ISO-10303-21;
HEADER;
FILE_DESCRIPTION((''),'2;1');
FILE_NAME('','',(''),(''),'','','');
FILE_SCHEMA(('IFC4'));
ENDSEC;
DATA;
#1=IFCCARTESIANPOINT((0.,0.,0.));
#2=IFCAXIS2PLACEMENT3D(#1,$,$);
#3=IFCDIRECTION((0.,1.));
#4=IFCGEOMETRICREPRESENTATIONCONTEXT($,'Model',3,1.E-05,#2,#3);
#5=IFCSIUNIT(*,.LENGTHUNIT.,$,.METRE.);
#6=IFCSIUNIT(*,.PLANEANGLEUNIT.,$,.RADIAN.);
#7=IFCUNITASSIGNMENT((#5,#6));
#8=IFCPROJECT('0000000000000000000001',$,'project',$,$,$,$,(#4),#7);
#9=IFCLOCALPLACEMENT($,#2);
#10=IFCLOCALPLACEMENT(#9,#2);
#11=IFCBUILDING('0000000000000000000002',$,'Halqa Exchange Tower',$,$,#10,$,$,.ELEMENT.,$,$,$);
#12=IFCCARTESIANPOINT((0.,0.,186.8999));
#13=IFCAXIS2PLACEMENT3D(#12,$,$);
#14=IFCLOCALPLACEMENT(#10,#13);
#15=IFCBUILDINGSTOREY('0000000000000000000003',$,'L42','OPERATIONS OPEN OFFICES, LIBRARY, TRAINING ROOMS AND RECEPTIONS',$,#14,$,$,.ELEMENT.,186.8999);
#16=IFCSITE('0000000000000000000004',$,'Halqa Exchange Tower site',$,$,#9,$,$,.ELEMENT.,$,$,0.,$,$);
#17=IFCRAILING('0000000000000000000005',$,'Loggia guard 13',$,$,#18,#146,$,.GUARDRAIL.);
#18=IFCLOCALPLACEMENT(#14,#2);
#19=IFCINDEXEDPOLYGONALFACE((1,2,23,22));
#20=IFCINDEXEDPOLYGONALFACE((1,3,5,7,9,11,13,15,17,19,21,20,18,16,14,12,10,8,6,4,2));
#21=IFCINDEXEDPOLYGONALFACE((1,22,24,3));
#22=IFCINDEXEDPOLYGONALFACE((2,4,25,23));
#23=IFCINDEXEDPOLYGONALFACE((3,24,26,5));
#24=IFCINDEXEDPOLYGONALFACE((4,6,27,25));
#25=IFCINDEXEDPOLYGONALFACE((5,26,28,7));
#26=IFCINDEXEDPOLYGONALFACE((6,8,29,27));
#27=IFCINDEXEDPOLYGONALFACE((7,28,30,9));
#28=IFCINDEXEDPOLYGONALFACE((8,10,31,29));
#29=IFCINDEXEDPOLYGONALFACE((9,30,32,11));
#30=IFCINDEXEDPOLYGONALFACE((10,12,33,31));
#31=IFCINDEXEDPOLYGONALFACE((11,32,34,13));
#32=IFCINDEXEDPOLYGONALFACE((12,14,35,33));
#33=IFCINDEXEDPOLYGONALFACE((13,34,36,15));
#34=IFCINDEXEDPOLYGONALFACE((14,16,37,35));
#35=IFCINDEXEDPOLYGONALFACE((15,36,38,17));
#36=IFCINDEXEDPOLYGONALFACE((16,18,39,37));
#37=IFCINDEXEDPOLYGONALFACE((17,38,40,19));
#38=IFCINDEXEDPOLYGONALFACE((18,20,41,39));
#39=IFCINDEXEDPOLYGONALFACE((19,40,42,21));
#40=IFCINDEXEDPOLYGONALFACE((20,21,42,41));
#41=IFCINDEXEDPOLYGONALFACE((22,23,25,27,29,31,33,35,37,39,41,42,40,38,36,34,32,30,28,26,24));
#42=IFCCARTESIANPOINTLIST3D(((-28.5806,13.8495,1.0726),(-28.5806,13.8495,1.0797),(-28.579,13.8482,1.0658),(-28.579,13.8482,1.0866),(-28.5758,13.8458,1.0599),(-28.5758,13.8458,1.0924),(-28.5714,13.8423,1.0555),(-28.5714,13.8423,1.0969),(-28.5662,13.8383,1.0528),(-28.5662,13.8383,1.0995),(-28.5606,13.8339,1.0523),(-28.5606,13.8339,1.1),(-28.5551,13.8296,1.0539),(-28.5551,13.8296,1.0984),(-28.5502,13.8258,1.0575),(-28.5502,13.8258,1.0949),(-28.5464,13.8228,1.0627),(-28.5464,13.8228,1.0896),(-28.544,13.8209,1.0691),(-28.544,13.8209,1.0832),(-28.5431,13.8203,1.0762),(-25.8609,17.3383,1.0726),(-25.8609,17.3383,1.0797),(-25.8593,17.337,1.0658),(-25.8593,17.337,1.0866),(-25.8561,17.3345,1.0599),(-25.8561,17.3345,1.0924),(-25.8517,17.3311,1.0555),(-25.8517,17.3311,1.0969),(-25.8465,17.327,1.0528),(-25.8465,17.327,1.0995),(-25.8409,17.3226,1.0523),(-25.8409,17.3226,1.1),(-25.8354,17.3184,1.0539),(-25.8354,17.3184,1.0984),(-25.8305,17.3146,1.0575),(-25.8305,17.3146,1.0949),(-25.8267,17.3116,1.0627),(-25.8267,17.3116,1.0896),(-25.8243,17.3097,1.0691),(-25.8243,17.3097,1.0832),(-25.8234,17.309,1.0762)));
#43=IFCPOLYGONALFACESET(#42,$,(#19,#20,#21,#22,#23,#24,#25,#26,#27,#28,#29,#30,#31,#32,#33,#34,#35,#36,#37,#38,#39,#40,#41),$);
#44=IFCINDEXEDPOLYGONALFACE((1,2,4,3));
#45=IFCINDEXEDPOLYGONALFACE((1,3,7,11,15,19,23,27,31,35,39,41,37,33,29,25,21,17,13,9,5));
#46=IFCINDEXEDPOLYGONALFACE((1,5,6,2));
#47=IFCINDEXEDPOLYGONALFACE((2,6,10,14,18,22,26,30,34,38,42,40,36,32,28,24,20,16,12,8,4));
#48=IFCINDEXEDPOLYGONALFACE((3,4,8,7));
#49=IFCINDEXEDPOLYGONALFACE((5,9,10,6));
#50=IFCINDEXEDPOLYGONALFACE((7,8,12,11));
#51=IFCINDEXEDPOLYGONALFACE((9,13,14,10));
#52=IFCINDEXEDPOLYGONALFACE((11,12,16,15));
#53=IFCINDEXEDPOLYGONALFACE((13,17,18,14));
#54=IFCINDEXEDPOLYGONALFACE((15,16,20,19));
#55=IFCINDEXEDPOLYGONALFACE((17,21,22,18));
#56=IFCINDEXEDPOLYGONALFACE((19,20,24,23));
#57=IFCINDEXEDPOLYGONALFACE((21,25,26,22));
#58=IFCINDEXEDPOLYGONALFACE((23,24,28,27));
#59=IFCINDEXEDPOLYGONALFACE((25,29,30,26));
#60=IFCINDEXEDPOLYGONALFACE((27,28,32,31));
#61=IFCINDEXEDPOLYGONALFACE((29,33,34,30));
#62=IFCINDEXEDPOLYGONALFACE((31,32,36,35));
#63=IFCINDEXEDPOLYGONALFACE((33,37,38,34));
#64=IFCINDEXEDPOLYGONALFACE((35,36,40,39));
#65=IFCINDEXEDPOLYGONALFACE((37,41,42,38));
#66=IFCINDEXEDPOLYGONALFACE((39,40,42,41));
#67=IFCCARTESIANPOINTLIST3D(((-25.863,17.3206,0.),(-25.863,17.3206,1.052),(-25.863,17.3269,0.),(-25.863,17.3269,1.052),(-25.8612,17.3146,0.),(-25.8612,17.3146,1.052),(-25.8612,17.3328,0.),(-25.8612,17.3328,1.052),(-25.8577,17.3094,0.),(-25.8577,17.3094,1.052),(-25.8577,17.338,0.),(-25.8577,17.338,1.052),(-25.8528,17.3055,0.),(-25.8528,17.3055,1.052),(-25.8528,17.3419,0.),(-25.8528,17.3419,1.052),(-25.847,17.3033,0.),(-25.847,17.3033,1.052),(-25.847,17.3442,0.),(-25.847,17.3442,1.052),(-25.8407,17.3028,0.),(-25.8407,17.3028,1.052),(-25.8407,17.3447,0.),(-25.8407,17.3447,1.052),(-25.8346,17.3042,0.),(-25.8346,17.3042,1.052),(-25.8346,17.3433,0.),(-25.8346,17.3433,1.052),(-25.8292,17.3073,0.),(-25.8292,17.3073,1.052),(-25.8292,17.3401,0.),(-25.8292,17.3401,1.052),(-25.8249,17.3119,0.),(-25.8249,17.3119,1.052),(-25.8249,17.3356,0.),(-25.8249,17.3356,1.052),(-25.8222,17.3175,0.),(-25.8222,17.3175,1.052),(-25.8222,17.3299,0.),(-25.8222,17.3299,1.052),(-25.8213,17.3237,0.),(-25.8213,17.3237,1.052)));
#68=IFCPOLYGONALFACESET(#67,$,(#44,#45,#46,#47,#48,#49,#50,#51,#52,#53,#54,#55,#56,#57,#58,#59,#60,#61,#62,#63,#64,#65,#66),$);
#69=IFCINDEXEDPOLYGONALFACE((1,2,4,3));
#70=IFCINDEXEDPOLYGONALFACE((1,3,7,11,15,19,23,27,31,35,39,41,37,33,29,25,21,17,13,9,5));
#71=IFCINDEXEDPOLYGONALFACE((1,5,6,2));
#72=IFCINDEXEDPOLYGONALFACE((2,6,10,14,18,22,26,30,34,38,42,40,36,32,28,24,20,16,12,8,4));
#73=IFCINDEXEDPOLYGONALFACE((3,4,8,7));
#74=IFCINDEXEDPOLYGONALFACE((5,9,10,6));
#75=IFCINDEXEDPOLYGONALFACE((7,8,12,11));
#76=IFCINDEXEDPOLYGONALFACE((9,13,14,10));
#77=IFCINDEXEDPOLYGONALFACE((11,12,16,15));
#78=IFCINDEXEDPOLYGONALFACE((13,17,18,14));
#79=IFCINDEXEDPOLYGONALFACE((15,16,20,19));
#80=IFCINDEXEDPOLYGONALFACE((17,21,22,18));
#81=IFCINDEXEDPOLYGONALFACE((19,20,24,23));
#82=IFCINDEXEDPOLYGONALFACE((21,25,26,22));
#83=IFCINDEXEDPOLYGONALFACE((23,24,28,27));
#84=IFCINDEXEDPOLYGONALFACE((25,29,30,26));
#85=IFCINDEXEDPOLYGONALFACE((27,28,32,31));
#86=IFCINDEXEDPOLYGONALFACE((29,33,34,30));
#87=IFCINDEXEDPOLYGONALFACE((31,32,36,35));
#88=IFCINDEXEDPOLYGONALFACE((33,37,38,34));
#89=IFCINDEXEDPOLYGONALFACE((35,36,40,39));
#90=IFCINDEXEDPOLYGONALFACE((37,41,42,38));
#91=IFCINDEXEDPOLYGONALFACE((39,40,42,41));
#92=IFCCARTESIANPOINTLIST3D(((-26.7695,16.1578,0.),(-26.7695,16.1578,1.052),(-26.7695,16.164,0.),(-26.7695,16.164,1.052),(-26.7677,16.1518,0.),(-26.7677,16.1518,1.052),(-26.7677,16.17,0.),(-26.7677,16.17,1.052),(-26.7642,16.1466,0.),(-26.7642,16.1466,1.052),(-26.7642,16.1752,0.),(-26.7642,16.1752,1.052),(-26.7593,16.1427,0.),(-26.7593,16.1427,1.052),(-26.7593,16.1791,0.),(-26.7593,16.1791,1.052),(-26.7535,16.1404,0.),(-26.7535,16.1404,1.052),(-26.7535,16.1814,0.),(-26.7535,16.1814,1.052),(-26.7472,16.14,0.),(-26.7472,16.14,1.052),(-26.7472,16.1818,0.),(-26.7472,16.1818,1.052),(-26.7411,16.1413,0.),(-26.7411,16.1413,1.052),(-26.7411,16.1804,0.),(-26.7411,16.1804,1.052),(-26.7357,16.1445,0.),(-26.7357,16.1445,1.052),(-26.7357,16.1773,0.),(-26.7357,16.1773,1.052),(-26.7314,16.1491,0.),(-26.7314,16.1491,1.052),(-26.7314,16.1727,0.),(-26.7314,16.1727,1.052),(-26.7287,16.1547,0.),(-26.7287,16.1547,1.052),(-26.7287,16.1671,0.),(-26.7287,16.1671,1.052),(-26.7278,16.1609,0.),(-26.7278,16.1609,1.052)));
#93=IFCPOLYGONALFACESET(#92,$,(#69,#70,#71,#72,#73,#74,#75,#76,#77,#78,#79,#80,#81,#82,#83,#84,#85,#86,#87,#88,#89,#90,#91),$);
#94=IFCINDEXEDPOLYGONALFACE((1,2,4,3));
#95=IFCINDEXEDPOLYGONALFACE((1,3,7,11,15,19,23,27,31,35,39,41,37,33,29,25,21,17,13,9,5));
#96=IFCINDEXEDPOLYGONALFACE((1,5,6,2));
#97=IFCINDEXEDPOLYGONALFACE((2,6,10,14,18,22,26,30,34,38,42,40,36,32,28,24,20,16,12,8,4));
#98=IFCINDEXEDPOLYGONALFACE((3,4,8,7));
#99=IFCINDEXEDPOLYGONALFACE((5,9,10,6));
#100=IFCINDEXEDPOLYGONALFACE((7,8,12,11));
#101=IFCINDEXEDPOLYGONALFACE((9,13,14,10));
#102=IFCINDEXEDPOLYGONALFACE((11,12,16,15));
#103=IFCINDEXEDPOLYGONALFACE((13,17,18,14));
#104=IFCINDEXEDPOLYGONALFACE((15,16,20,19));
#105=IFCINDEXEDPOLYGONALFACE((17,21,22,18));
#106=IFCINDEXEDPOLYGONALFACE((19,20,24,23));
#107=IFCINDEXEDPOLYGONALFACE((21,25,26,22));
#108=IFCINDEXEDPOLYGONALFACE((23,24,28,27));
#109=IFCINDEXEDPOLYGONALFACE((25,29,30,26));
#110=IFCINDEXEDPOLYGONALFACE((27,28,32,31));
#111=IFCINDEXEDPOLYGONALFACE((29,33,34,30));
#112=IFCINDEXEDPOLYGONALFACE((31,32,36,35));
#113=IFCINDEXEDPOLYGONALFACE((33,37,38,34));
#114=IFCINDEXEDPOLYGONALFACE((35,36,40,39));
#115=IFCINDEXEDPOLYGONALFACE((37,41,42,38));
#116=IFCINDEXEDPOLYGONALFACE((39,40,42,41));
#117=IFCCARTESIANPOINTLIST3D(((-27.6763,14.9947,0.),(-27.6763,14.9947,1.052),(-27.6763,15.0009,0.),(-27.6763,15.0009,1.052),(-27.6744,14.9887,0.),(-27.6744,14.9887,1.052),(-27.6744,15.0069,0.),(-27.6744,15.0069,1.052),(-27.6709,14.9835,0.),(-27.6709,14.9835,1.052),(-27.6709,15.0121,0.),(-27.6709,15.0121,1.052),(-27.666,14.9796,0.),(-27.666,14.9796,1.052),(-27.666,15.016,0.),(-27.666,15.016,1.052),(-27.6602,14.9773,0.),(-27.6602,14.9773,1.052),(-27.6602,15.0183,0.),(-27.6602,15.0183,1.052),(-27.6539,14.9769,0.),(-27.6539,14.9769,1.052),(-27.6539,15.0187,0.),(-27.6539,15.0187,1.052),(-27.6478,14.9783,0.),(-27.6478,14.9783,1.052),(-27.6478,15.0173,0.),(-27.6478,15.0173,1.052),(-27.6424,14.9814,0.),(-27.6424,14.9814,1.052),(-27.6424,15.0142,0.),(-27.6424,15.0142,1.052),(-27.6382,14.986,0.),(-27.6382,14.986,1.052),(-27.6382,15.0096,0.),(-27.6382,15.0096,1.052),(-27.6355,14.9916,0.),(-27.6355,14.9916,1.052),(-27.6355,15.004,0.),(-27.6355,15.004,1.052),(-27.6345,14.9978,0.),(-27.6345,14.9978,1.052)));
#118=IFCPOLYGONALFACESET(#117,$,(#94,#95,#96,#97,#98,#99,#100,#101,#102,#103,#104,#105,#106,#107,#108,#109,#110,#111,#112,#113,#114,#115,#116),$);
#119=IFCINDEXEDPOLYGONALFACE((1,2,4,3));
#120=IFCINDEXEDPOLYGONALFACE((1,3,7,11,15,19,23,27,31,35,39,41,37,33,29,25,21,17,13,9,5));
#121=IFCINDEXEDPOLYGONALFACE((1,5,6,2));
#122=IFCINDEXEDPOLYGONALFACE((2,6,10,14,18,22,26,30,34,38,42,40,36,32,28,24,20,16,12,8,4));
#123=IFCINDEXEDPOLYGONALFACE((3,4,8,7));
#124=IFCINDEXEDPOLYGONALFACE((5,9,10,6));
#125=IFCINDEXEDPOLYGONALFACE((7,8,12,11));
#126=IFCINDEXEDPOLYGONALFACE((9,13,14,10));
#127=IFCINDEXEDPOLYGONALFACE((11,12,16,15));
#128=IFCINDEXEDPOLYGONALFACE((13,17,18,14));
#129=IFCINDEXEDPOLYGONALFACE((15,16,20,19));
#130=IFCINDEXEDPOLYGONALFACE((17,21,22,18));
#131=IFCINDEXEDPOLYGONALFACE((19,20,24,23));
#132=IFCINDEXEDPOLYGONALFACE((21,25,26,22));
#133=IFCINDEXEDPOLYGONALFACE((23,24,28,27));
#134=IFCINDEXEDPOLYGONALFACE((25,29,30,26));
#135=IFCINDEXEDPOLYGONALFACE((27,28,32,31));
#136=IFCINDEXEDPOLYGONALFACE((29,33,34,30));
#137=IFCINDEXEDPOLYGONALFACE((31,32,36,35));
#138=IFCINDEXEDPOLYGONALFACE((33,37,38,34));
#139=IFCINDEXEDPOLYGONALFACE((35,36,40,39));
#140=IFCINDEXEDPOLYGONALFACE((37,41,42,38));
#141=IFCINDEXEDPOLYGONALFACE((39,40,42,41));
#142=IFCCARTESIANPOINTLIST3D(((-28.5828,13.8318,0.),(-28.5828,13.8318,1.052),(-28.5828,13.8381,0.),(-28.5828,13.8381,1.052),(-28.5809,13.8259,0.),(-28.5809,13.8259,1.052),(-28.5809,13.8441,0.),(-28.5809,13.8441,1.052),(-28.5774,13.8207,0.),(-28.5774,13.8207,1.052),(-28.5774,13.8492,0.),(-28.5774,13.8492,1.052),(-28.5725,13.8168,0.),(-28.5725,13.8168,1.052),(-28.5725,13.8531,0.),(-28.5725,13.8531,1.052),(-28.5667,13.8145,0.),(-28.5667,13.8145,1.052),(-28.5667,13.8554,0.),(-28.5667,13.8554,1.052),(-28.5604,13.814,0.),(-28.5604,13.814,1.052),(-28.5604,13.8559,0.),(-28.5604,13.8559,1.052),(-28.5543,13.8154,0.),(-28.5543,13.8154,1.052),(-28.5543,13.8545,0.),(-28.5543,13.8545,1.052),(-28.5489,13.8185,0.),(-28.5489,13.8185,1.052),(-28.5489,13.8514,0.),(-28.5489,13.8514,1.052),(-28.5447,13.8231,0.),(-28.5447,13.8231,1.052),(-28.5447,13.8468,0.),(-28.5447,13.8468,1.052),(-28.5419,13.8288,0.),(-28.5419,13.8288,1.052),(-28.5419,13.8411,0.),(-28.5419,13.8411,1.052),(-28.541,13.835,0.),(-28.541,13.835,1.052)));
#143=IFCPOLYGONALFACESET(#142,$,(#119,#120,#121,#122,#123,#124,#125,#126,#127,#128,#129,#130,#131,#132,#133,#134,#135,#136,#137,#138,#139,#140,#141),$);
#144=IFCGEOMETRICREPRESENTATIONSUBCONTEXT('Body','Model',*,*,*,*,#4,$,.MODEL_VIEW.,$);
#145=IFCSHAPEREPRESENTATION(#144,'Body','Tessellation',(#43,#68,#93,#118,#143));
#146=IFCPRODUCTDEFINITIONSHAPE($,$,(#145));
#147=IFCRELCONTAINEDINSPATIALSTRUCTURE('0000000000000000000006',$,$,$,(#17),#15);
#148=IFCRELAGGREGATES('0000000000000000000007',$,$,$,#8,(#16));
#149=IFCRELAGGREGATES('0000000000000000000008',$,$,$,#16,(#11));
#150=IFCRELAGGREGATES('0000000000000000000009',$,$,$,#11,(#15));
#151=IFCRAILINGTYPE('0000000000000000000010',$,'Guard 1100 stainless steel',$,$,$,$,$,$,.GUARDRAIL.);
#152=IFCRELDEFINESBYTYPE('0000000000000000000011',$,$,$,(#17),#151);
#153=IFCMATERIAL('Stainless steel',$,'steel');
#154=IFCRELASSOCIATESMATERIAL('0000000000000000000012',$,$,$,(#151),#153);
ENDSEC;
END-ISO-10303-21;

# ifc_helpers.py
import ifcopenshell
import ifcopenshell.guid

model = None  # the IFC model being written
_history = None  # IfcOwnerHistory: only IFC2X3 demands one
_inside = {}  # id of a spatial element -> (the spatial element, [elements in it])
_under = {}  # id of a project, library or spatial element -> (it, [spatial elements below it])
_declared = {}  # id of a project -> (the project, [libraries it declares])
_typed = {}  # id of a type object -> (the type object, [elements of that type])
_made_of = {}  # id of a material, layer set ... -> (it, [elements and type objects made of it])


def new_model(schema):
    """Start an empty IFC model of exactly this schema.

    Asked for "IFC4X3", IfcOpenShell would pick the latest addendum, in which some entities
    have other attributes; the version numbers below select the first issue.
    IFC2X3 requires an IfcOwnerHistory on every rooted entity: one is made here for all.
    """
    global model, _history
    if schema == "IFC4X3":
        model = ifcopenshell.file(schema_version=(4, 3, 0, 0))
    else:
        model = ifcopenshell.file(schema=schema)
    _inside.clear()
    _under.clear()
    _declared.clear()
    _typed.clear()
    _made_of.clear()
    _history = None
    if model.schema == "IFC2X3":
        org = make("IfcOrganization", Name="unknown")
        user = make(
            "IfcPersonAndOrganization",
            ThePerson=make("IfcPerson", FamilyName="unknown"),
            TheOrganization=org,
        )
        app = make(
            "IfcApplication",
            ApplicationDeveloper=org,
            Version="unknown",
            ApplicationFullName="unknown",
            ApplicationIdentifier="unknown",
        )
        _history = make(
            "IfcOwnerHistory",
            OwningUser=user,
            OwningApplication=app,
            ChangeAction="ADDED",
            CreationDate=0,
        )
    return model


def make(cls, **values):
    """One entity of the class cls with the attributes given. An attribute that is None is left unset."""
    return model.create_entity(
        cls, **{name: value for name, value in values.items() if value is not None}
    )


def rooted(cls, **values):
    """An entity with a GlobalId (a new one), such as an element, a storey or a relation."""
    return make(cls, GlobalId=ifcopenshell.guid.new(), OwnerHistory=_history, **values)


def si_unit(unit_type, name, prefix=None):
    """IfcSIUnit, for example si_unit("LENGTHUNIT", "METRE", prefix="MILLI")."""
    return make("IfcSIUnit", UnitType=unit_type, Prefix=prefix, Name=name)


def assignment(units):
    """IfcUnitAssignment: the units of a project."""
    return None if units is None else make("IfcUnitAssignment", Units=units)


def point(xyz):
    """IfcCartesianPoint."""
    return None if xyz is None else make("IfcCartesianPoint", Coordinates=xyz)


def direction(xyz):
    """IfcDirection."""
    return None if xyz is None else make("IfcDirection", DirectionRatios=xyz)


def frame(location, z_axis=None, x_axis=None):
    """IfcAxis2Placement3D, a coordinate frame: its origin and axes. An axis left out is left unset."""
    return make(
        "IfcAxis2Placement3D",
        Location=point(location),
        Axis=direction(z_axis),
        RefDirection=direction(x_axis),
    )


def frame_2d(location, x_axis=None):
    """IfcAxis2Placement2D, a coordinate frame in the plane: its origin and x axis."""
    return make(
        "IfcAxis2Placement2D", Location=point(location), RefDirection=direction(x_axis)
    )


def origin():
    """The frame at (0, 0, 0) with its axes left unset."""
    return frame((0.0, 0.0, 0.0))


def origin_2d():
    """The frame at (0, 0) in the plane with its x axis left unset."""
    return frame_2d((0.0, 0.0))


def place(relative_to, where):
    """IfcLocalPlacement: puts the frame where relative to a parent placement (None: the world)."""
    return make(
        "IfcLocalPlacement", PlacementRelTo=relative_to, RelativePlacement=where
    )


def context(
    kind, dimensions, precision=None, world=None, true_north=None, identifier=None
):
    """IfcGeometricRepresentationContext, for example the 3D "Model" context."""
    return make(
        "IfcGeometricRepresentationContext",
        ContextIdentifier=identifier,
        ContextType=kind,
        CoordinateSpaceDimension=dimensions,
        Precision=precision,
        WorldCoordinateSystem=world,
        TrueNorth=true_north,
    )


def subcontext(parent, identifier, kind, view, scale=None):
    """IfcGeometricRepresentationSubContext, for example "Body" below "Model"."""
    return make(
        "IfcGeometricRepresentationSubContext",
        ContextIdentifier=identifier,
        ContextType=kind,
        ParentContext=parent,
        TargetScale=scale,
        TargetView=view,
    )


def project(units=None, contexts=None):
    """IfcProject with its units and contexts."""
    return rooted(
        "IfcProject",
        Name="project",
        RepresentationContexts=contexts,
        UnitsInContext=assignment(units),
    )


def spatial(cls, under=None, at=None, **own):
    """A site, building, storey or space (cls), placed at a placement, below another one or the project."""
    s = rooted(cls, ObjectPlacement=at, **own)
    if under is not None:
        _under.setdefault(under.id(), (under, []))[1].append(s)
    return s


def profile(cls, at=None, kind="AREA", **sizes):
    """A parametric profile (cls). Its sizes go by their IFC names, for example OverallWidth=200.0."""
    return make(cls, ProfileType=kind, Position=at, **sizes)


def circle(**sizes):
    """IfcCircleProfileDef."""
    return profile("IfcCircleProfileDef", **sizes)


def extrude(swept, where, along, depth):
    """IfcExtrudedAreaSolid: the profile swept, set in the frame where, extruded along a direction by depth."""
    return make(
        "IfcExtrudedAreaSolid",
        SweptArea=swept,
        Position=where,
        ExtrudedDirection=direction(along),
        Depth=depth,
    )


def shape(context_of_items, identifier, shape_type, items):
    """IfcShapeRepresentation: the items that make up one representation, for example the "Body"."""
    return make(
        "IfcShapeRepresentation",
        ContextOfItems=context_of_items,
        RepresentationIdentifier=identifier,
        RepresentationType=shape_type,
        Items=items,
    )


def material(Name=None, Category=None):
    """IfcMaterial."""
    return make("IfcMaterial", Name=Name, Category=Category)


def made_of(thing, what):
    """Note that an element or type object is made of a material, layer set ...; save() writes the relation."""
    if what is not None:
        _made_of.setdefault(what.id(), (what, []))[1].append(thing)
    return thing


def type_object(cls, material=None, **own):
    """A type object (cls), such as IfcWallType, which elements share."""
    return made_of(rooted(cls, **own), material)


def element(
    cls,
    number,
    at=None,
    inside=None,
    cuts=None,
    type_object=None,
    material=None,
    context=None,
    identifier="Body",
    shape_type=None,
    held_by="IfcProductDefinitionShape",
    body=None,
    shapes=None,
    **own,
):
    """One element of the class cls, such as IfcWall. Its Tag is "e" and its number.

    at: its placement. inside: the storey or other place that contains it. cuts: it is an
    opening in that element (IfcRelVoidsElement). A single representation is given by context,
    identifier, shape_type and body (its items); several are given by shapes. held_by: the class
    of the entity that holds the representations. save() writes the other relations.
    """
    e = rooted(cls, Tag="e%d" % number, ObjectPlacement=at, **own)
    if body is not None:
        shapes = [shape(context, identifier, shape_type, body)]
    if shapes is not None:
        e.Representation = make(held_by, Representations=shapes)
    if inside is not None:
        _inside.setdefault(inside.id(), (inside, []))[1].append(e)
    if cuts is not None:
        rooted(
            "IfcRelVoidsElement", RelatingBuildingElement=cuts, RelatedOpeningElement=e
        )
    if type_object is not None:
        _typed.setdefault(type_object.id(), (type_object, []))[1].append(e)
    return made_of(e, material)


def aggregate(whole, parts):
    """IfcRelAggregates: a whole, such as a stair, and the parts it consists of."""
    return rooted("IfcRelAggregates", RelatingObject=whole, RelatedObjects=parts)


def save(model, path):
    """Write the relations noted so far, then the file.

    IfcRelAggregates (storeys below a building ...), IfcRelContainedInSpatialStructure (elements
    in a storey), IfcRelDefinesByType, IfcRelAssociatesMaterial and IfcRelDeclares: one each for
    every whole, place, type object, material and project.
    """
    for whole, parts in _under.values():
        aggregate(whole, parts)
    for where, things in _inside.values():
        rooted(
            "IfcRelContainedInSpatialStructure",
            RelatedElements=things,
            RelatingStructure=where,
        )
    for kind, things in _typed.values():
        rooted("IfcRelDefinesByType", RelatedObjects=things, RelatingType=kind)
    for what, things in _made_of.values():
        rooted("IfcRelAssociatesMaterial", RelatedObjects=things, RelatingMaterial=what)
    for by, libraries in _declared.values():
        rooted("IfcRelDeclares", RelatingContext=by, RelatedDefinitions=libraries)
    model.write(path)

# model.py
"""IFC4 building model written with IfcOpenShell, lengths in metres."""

from ifc_helpers import new_model, si_unit, direction, frame, origin, origin_2d, place, context, subcontext, project, spatial, circle, extrude, material, type_object, element, save


model = new_model("IFC4")

# Units and contexts
model_context = context("Model", 3, precision=1e-05, world=origin(), true_north=direction((0.0, 1.0)))
body_context = subcontext(model_context, "Body", "Model", "MODEL_VIEW")
ifc_project = project(units=[si_unit("LENGTHUNIT", "METRE"), si_unit("PLANEANGLEUNIT", "RADIAN")], contexts=[model_context])

# Site, building, storey
site_placement = place(None, origin())
site = spatial("IfcSite", under=ifc_project, at=site_placement, Name="Halqa Exchange Tower site", CompositionType="ELEMENT", RefElevation=0.0)
building_placement = place(site_placement, origin())
building = spatial("IfcBuilding", under=site, at=building_placement, Name="Halqa Exchange Tower", CompositionType="ELEMENT")
storey_placement = place(building_placement, frame((0.0, 0.0, 186.8999)))
storey = spatial("IfcBuildingStorey", under=building, at=storey_placement, Name="L42", Description="OPERATIONS OPEN OFFICES, LIBRARY, TRAINING ROOMS AND RECEPTIONS", CompositionType="ELEMENT", Elevation=186.8999)

# Railing
ifc_material_1 = material(Name="Stainless steel", Category="steel")
railing_type = type_object("IfcRailingType", Name="Guard 1100 stainless steel", PredefinedType="GUARDRAIL", material=ifc_material_1)
railing_1_placement = place(storey_placement, frame((-25.8423, 17.3237, 0.0)))
element("IfcRailing", 1, at=railing_1_placement, inside=storey, type_object=railing_type, Name="Loggia guard 13", PredefinedType="GUARDRAIL", context=body_context, shape_type="SweptSolid", body=[
    extrude(circle(Radius=0.0239, at=origin_2d()), frame((0.0, 0.0, 1.0762), z_axis=(-0.614819, -0.788668, 0.0), x_axis=(0.788668, -0.614819, 0.0)), (0.0, 0.0, 1.0), 4.4236),
    extrude(circle(Radius=0.021, at=origin_2d()), origin(), (0.0, 0.0, 1.0), 1.052),
    extrude(circle(Radius=0.021, at=origin_2d()), frame((-0.9065, -1.1628, 0.0)), (0.0, 0.0, 1.0), 1.052),
    extrude(circle(Radius=0.021, at=origin_2d()), frame((-1.8132, -2.3259, 0.0)), (0.0, 0.0, 1.0), 1.052),
    extrude(circle(Radius=0.021, at=origin_2d()), frame((-2.7197, -3.4888, 0.0)), (0.0, 0.0, 1.0), 1.052),
])

save(model, "model.ifc")
